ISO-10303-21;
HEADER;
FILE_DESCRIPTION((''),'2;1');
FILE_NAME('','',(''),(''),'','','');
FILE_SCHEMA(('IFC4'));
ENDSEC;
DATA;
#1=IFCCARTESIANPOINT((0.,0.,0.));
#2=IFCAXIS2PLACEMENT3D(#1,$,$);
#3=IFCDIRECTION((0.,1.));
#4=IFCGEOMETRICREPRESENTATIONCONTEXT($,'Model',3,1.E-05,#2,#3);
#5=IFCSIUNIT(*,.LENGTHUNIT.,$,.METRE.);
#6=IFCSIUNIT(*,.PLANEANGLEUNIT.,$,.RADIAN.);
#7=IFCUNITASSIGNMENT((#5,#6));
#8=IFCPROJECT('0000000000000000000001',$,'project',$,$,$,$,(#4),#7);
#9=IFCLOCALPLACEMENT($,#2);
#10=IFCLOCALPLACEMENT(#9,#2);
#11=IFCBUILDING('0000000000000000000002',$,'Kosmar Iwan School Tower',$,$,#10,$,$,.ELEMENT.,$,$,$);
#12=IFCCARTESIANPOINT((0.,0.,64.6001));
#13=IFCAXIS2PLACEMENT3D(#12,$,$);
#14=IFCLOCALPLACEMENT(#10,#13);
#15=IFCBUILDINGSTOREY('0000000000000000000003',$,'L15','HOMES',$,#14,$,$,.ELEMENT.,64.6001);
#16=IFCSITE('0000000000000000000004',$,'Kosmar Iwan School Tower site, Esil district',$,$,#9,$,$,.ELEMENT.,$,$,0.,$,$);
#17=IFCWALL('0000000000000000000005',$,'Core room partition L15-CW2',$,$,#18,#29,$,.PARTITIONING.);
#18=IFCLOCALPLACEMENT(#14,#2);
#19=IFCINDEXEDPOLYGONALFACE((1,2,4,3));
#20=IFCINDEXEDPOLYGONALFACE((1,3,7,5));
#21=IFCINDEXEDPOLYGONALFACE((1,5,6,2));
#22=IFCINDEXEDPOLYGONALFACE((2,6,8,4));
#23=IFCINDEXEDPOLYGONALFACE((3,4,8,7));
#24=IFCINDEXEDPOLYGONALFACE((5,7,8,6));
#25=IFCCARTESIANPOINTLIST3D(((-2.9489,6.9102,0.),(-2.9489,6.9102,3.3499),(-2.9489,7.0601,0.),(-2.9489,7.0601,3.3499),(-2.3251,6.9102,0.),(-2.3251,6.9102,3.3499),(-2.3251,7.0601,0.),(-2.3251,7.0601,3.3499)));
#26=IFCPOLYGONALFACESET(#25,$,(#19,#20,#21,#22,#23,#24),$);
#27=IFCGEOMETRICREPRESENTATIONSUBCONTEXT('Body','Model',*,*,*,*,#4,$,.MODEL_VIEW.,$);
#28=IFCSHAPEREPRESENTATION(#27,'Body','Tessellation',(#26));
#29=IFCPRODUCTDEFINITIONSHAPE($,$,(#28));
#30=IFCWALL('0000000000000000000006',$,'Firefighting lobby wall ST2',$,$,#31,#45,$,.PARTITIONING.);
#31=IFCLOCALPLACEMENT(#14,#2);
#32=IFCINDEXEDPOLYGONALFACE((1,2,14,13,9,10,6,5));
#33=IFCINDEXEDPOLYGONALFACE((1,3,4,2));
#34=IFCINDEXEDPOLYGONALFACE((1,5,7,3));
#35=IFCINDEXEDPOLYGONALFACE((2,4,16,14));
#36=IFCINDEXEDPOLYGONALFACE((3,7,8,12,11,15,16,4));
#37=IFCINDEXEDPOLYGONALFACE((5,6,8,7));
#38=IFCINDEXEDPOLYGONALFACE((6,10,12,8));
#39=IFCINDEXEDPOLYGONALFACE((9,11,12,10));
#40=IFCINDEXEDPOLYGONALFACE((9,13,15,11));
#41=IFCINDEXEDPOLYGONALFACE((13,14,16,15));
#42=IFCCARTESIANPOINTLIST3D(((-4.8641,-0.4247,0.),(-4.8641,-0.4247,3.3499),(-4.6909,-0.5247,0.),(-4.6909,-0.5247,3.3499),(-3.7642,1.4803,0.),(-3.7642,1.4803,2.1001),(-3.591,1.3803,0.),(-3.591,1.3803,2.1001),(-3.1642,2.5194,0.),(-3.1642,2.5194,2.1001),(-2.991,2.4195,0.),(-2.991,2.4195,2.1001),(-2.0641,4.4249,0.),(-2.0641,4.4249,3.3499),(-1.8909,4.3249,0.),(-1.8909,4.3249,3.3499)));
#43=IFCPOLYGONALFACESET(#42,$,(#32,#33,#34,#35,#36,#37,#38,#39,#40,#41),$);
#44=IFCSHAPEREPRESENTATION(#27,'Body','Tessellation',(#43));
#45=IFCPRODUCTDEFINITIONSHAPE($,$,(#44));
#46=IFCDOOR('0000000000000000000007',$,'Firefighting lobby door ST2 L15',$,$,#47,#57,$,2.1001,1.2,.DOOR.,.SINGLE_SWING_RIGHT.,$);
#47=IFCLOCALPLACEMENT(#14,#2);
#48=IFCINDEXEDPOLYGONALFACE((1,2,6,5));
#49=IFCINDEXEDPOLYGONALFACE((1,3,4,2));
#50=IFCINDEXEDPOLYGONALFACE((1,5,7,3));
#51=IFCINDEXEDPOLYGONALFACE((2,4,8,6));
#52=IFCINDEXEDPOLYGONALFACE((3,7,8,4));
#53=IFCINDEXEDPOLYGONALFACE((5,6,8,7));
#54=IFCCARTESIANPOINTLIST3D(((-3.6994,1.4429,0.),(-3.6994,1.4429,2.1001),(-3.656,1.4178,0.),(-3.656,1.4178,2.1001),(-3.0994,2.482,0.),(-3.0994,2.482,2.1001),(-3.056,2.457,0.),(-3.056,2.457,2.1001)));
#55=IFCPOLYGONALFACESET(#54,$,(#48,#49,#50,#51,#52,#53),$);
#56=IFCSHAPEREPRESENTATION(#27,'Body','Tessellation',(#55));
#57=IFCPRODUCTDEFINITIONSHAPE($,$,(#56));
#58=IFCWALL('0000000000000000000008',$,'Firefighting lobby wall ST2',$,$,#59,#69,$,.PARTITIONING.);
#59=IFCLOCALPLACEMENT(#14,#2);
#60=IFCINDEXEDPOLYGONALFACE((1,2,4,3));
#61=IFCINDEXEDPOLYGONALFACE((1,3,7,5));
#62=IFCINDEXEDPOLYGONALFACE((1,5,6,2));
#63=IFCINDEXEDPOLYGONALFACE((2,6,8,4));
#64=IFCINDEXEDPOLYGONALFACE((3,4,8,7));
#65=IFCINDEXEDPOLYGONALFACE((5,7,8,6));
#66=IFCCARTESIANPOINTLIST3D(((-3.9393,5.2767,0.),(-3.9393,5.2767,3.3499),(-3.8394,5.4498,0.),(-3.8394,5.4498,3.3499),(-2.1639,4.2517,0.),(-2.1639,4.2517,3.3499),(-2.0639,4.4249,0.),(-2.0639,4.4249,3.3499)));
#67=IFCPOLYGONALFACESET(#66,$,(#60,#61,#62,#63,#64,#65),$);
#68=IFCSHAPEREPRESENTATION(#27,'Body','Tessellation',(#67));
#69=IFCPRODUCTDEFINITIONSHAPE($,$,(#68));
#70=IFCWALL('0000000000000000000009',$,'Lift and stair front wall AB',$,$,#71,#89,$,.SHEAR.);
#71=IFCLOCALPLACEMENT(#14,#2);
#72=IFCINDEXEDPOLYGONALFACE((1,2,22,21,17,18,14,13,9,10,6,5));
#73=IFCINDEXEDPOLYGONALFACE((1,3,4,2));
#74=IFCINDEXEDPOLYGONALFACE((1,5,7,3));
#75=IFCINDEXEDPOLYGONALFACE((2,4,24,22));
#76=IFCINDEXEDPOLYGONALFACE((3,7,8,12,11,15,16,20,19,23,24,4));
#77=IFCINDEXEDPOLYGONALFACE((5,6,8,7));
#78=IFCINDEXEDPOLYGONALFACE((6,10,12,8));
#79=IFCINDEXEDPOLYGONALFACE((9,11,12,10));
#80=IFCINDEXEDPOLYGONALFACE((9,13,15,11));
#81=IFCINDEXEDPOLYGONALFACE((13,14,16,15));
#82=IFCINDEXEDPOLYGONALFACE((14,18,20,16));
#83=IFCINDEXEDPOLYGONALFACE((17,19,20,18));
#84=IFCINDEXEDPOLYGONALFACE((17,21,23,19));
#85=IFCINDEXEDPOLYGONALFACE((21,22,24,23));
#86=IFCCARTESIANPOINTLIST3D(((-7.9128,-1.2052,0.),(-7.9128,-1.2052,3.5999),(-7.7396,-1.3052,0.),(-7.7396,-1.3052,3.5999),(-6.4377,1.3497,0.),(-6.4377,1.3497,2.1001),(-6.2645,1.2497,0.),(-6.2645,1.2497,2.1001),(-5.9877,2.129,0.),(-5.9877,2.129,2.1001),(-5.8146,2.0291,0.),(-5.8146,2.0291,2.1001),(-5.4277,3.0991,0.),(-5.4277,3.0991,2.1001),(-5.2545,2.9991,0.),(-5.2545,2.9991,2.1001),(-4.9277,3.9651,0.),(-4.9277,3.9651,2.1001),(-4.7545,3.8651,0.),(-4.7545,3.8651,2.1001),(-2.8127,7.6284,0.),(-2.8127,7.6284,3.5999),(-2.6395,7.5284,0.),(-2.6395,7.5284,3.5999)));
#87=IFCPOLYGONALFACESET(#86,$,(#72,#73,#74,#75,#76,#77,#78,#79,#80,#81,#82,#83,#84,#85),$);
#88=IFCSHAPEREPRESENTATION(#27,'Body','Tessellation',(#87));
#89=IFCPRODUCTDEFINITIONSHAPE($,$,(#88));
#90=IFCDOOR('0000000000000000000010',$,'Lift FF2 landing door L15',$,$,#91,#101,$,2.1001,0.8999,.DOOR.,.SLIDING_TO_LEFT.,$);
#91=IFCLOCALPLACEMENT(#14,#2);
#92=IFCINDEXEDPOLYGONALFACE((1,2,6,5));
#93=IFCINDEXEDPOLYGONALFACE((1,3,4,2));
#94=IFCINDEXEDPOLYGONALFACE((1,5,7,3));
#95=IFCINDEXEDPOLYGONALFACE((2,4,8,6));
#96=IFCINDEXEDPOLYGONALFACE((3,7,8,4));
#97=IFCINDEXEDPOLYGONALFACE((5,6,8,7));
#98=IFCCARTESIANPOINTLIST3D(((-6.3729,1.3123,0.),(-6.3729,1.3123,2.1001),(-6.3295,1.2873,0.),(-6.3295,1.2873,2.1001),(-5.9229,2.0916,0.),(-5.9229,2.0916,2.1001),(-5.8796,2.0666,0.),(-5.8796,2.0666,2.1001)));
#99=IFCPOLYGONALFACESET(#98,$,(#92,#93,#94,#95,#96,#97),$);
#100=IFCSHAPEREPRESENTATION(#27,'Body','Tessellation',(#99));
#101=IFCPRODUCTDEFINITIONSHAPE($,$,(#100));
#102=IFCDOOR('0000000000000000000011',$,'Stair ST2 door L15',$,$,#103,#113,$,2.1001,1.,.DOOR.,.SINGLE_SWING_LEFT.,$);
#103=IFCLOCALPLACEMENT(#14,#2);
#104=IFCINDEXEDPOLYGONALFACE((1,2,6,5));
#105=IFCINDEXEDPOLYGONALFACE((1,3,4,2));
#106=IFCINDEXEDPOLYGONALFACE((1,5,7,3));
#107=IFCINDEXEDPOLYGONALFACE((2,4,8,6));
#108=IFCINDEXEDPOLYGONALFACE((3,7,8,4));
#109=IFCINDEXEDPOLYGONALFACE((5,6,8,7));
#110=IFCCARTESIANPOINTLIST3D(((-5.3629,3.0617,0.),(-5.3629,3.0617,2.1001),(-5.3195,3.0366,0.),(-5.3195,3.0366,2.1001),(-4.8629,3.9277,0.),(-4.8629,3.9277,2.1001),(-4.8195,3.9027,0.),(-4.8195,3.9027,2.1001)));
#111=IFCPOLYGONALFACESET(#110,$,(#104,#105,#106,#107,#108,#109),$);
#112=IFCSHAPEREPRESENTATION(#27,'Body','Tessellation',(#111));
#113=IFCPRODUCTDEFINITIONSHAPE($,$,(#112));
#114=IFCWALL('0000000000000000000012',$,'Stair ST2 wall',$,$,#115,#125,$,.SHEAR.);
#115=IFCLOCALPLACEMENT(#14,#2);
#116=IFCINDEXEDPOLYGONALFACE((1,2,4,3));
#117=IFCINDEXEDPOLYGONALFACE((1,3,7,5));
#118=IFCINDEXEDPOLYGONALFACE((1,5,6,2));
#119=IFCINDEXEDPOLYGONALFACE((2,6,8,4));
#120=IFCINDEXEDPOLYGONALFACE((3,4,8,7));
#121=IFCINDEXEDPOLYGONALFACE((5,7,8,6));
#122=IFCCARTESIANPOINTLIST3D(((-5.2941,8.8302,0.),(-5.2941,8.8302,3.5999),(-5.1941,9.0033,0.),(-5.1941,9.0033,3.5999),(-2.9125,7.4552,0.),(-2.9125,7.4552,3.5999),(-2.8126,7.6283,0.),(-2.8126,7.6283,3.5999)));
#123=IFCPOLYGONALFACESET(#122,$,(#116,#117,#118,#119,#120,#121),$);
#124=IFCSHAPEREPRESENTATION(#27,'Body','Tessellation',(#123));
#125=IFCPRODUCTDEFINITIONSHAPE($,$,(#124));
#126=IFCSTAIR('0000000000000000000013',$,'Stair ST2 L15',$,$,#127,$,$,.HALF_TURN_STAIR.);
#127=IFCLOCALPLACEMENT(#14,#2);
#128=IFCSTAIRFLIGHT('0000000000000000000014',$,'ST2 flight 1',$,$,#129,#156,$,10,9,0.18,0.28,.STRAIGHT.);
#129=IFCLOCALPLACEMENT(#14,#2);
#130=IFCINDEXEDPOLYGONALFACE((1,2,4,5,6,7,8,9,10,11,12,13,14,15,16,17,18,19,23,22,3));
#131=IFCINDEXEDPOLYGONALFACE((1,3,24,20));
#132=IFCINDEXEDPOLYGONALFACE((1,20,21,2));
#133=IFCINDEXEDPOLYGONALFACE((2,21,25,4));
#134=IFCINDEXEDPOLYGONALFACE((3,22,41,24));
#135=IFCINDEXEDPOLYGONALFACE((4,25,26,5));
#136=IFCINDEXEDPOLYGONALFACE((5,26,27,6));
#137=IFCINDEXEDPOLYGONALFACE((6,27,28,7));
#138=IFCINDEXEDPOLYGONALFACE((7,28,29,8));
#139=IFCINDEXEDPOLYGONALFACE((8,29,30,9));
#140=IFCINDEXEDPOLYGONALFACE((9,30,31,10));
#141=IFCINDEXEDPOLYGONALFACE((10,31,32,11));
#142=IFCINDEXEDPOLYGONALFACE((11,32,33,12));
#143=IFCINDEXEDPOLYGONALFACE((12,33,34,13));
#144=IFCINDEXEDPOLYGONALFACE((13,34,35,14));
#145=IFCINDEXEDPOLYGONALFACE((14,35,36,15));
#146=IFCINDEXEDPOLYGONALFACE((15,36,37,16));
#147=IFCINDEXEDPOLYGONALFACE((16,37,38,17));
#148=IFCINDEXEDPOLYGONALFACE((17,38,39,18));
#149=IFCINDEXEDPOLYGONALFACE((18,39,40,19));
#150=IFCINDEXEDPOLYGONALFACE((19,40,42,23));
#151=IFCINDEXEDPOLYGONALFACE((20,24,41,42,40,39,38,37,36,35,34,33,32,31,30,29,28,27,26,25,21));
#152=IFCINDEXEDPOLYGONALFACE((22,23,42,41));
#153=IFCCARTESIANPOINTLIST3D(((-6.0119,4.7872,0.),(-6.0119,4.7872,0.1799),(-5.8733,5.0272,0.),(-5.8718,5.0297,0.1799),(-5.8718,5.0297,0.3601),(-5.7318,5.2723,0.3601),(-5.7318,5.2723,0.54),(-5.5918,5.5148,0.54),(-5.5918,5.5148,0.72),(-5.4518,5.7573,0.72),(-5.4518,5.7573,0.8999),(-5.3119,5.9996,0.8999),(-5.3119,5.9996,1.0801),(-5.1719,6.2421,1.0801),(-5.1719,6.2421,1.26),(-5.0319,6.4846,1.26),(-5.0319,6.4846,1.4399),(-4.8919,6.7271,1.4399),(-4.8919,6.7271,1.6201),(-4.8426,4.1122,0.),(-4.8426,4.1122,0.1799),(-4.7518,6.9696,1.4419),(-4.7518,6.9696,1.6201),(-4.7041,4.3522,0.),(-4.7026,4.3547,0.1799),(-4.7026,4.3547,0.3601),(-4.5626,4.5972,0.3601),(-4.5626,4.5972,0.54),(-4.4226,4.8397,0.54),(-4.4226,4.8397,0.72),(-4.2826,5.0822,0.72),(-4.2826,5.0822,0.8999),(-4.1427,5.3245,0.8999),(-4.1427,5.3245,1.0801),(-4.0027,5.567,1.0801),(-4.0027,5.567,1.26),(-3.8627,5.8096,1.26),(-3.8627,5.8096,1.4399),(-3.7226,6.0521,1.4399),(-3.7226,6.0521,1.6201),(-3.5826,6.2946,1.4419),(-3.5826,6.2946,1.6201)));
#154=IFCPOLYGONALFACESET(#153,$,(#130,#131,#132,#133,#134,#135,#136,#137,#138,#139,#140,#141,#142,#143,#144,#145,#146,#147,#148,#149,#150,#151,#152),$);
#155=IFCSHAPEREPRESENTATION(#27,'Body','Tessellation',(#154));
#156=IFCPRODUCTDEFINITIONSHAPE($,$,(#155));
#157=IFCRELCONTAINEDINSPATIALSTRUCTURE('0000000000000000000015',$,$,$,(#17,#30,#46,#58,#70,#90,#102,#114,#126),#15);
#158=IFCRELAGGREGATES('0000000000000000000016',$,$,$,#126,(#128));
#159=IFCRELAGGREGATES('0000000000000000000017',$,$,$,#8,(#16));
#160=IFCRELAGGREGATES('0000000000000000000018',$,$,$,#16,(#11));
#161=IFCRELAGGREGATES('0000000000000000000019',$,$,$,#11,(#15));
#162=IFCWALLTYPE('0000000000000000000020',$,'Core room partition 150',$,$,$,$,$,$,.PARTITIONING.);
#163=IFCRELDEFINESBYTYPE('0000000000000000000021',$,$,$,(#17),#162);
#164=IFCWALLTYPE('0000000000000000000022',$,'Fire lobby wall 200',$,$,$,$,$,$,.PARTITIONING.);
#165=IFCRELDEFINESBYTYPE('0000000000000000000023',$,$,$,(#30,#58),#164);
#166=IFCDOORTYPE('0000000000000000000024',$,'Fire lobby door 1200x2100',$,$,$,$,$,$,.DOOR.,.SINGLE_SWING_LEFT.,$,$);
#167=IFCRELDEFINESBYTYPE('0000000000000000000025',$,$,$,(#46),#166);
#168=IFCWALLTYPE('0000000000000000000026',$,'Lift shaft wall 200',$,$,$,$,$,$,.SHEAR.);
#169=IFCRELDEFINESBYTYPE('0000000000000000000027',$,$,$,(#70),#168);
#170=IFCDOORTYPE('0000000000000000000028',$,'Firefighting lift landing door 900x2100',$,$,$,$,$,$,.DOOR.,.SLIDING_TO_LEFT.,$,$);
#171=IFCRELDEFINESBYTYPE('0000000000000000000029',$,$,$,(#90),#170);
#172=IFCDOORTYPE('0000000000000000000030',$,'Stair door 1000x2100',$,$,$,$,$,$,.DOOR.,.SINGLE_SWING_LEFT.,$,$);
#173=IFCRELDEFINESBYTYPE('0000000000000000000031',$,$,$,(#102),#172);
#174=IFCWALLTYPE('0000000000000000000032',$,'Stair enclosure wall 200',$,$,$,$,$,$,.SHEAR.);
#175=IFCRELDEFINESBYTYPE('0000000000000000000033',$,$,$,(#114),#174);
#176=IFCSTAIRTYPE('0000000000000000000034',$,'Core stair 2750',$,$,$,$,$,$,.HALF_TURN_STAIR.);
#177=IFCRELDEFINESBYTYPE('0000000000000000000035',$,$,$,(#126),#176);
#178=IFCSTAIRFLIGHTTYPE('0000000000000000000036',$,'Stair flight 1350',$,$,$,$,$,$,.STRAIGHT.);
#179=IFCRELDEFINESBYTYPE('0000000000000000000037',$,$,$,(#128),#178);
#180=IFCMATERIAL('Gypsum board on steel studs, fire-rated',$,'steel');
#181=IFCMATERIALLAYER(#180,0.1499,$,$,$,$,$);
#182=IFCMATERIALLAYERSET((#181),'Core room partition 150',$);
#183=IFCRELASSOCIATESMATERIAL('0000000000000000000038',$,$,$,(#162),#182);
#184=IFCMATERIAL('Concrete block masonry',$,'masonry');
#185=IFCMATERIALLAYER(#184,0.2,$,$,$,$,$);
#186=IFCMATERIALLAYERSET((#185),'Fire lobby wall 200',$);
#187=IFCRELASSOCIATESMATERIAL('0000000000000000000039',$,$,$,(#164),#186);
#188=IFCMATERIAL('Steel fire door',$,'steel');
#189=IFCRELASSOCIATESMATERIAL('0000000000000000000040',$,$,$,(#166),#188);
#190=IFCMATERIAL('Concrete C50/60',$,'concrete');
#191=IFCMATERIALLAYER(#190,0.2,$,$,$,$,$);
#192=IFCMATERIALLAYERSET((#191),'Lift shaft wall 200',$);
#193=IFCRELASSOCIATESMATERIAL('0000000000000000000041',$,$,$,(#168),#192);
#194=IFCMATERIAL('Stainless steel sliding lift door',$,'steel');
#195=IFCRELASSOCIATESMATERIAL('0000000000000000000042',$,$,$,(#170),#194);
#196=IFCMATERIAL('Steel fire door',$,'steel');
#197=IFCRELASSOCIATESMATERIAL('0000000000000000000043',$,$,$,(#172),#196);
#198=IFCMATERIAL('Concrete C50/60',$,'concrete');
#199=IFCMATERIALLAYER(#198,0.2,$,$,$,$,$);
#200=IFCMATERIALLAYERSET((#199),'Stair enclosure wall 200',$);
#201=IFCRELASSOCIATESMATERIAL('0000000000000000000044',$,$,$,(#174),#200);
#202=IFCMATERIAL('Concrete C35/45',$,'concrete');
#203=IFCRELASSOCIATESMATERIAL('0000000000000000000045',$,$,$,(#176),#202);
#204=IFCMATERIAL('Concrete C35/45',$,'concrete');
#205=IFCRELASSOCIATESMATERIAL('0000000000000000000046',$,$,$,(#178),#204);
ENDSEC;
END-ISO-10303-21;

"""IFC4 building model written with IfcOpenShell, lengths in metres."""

from ifc_helpers import new_model, si_unit, direction, frame, frame_2d, origin, place, context, subcontext, project, spatial, polyline, rectangle, outline, extrude, material, layer, layer_set, type_object, element, fill, aggregate, save


model = new_model("IFC4")

# Units and contexts
model_context = context("Model", 3, precision=1e-05, world=origin(), true_north=direction((0.0, 1.0)))
body_context = subcontext(model_context, "Body", "Model", "MODEL_VIEW")
ifc_project = project(units=[si_unit("LENGTHUNIT", "METRE"), si_unit("PLANEANGLEUNIT", "RADIAN")], contexts=[model_context])

# Site, building, storey
site_placement = place(None, origin())
site = spatial("IfcSite", under=ifc_project, at=site_placement, Name="Kosmar Iwan School Tower site, Esil district", CompositionType="ELEMENT", RefElevation=0.0)
building_placement = place(site_placement, origin())
building = spatial("IfcBuilding", under=site, at=building_placement, Name="Kosmar Iwan School Tower", CompositionType="ELEMENT")
storey_placement = place(building_placement, frame((0.0, 0.0, 64.6001)))
storey = spatial("IfcBuildingStorey", under=building, at=storey_placement, Name="L15", Description="HOMES", CompositionType="ELEMENT", Elevation=64.6001)

# Wall
ifc_material_1 = material(Name="Gypsum board on steel studs, fire-rated", Category="steel")
ifc_layer_1 = layer(ifc_material_1, 0.1499)
ifc_layer_set_1 = layer_set([ifc_layer_1], Name="Core room partition 150")
wall_type_1 = type_object("IfcWallType", Name="Core room partition 150", PredefinedType="PARTITIONING", material=ifc_layer_set_1)
wall_1_placement = place(storey_placement, frame((-2.325, 6.9851, 0.0), z_axis=(0.0, 0.0, 1.0), x_axis=(-1.0, 0.0, 0.0)))
element("IfcWall", 1, at=wall_1_placement, inside=storey, type_object=wall_type_1, Name="Core room partition L15-CW2", PredefinedType="PARTITIONING", context=body_context, shape_type="SweptSolid", body=[
    extrude(rectangle(XDim=0.6238, YDim=0.1499, at=frame_2d((0.312, 0.0))), origin(), (0.0, 0.0, 1.0), 3.3499),
])

# Wall, opening, door
ifc_material_2 = material(Name="Concrete block masonry", Category="masonry")
ifc_layer_2 = layer(ifc_material_2, 0.2)
ifc_layer_set_2 = layer_set([ifc_layer_2], Name="Fire lobby wall 200")
wall_type_2 = type_object("IfcWallType", Name="Fire lobby wall 200", PredefinedType="PARTITIONING", material=ifc_layer_set_2)
wall_2_placement = place(storey_placement, frame((-1.9775, 4.3748, 0.0), z_axis=(0.0, 0.0, 1.0), x_axis=(-0.500017, -0.866016, 0.0)))
wall_2 = element("IfcWall", 2, at=wall_2_placement, inside=storey, type_object=wall_type_2, Name="Firefighting lobby wall ST2", PredefinedType="PARTITIONING", context=body_context, shape_type="SweptSolid", body=[
    extrude(rectangle(XDim=5.5999, YDim=0.2, at=frame_2d((2.7998, 0.0))), origin(), (0.0, 0.0, 1.0), 3.3499),
])
opening_1_placement = place(wall_2_placement, frame((2.2, 0.0, 0.0)))
opening_1 = element("IfcOpeningElement", 3, at=opening_1_placement, cuts=wall_2, PredefinedType="OPENING", context=body_context, shape_type="SweptSolid", body=[
    extrude(rectangle(XDim=1.2, YDim=2.1001, at=frame_2d((0.6001, 1.05))), frame((0.0, 0.1121, 0.0), z_axis=(0.0, -1.0, 0.0), x_axis=(1.0, 0.0, 0.0)), (0.0, 0.0, 1.0), 0.2239),
])
ifc_material_3 = material(Name="Steel fire door", Category="steel")
door_type_1 = type_object("IfcDoorType", Name="Fire lobby door 1200x2100", OperationType="SINGLE_SWING_LEFT", PredefinedType="DOOR", material=ifc_material_3)
door_1_placement = place(opening_1_placement, origin())
door_1 = element("IfcDoor", 4, at=door_1_placement, inside=storey, type_object=door_type_1, Name="Firefighting lobby door ST2 L15", OperationType="SINGLE_SWING_RIGHT", OverallHeight=2.1001, OverallWidth=1.2, PredefinedType="DOOR", context=body_context, shape_type="SweptSolid", body=[
    extrude(rectangle(XDim=1.2, YDim=2.1001, at=frame_2d((0.6001, 1.05))), frame((0.0, 0.0249, 0.0), z_axis=(0.0, -1.0, 0.0), x_axis=(1.0, 0.0, 0.0)), (0.0, 0.0, 1.0), 0.05),
])
fill(opening_1, door_1)

# Wall
wall_3_placement = place(storey_placement, frame((-2.114, 4.3384, 0.0), z_axis=(0.0, 0.0, 1.0), x_axis=(-0.866051, 0.499956, 0.0)))
element("IfcWall", 5, at=wall_3_placement, inside=storey, type_object=wall_type_2, Name="Firefighting lobby wall ST2", PredefinedType="PARTITIONING", context=body_context, shape_type="SweptSolid", body=[
    extrude(rectangle(XDim=2.05, YDim=0.2, at=frame_2d((1.0249, 0.0))), origin(), (0.0, 0.0, 1.0), 3.3499),
])

# Wall, openings, doors
ifc_material_4 = material(Name="Concrete C50/60", Category="concrete")
ifc_layer_3 = layer(ifc_material_4, 0.2)
ifc_layer_set_3 = layer_set([ifc_layer_3], Name="Lift shaft wall 200")
wall_type_3 = type_object("IfcWallType", Name="Lift shaft wall 200", PredefinedType="SHEAR", material=ifc_layer_set_3)
wall_4_placement = place(storey_placement, frame((-2.7261, 7.5784, 0.0), z_axis=(0.0, 0.0, 1.0), x_axis=(-0.500006, -0.866022, 0.0)))
wall_4 = element("IfcWall", 6, at=wall_4_placement, inside=storey, type_object=wall_type_3, Name="Lift and stair front wall AB", PredefinedType="SHEAR", context=body_context, shape_type="SweptSolid", body=[
    extrude(rectangle(XDim=10.2002, YDim=0.2, at=frame_2d((5.1001, 0.0))), origin(), (0.0, 0.0, 1.0), 3.5999),
])
opening_2_placement = place(wall_4_placement, frame((6.3501, 0.0, 0.0)))
opening_2 = element("IfcOpeningElement", 7, at=opening_2_placement, cuts=wall_4, PredefinedType="OPENING", context=body_context, shape_type="SweptSolid", body=[
    extrude(rectangle(XDim=0.8999, YDim=2.1001, at=frame_2d((0.45, 1.05))), frame((0.0, 0.1121, 0.0), z_axis=(0.0, -1.0, 0.0), x_axis=(1.0, 0.0, 0.0)), (0.0, 0.0, 1.0), 0.2239),
])
opening_3_placement = place(wall_4_placement, frame((4.23, 0.0, 0.0)))
opening_3 = element("IfcOpeningElement", 8, at=opening_3_placement, cuts=wall_4, PredefinedType="OPENING", context=body_context, shape_type="SweptSolid", body=[
    extrude(rectangle(XDim=1.0, YDim=2.1001, at=frame_2d((0.5, 1.05))), frame((0.0, 0.1121, 0.0), z_axis=(0.0, -1.0, 0.0), x_axis=(1.0, 0.0, 0.0)), (0.0, 0.0, 1.0), 0.2239),
])
ifc_material_5 = material(Name="Stainless steel sliding lift door", Category="steel")
door_type_2 = type_object("IfcDoorType", Name="Firefighting lift landing door 900x2100", OperationType="SLIDING_TO_LEFT", PredefinedType="DOOR", material=ifc_material_5)
door_2_placement = place(opening_2_placement, origin())
door_2 = element("IfcDoor", 9, at=door_2_placement, inside=storey, type_object=door_type_2, Name="Lift FF2 landing door L15", OperationType="SLIDING_TO_LEFT", OverallHeight=2.1001, OverallWidth=0.8999, PredefinedType="DOOR", context=body_context, shape_type="SweptSolid", body=[
    extrude(rectangle(XDim=0.8999, YDim=2.1001, at=frame_2d((0.45, 1.05))), frame((0.0, 0.0249, 0.0), z_axis=(0.0, -1.0, 0.0), x_axis=(1.0, 0.0, 0.0)), (0.0, 0.0, 1.0), 0.05),
])
fill(opening_2, door_2)
ifc_material_6 = material(Name="Steel fire door", Category="steel")
door_type_3 = type_object("IfcDoorType", Name="Stair door 1000x2100", OperationType="SINGLE_SWING_LEFT", PredefinedType="DOOR", material=ifc_material_6)
door_3_placement = place(opening_3_placement, origin())
door_3 = element("IfcDoor", 10, at=door_3_placement, inside=storey, type_object=door_type_3, Name="Stair ST2 door L15", OperationType="SINGLE_SWING_LEFT", OverallHeight=2.1001, OverallWidth=1.0, PredefinedType="DOOR", context=body_context, shape_type="SweptSolid", body=[
    extrude(rectangle(XDim=1.0, YDim=2.1001, at=frame_2d((0.5, 1.05))), frame((0.0, 0.0249, 0.0), z_axis=(0.0, -1.0, 0.0), x_axis=(1.0, 0.0, 0.0)), (0.0, 0.0, 1.0), 0.05),
])
fill(opening_3, door_3)

# Wall
ifc_material_7 = material(Name="Concrete C50/60", Category="concrete")
ifc_layer_4 = layer(ifc_material_7, 0.2)
ifc_layer_set_4 = layer_set([ifc_layer_4], Name="Stair enclosure wall 200")
wall_type_4 = type_object("IfcWallType", Name="Stair enclosure wall 200", PredefinedType="SHEAR", material=ifc_layer_set_4)
wall_5_placement = place(storey_placement, frame((-2.8625, 7.5417, 0.0), z_axis=(0.0, 0.0, 1.0), x_axis=(-0.866027, 0.499997, 0.0)))
element("IfcWall", 11, at=wall_5_placement, inside=storey, type_object=wall_type_4, Name="Stair ST2 wall", PredefinedType="SHEAR", context=body_context, shape_type="SweptSolid", body=[
    extrude(rectangle(XDim=2.75, YDim=0.2, at=frame_2d((1.375, 0.0))), origin(), (0.0, 0.0, 1.0), 3.5999),
])

# Stair, stair flight
ifc_material_8 = material(Name="Concrete C35/45", Category="concrete")
stair_type = type_object("IfcStairType", Name="Core stair 2750", PredefinedType="HALF_TURN_STAIR", material=ifc_material_8)
stair_placement = place(storey_placement, origin())
stair = element("IfcStair", 12, at=stair_placement, inside=storey, type_object=stair_type, Name="Stair ST2 L15", PredefinedType="HALF_TURN_STAIR")
ifc_material_9 = material(Name="Concrete C35/45", Category="concrete")
stair_flight_type = type_object("IfcStairFlightType", Name="Stair flight 1350", PredefinedType="STRAIGHT", material=ifc_material_9)
stair_flight_1_placement = place(storey_placement, frame((-5.4272, 4.4497, 0.0), z_axis=(0.0, 0.0, 1.0), x_axis=(0.5, 0.866025, 0.0)))
stair_flight_1 = element("IfcStairFlight", 13, at=stair_flight_1_placement, type_object=stair_flight_type, Name="ST2 flight 1", NumberOfRisers=10, NumberOfTreads=9, PredefinedType="STRAIGHT", RiserHeight=0.18, TreadLength=0.28, context=body_context, shape_type="SweptSolid", body=[
    extrude(outline(polyline([(0.0, 0.0), (0.0, 0.1799), (0.28, 0.1799), (0.28, 0.3601), (0.5601, 0.3601), (0.5601, 0.54), (0.8401, 0.54), (0.8401, 0.72), (1.1201, 0.72), (1.1201, 0.8999), (1.3999, 0.8999), (1.3999, 1.0801), (1.6799, 1.0801), (1.6799, 1.26), (1.96, 1.26), (1.96, 1.4399), (2.24, 1.4399), (2.24, 1.6201), (2.52, 1.6201), (2.52, 1.8), (2.52, 1.4419), (0.2771, 0.0), (0.0, 0.0)])), frame((0.0, 0.675, 0.0), z_axis=(0.0, -1.0, 0.0), x_axis=(1.0, 0.0, 0.0)), (0.0, 0.0, 1.0), 1.3501),
])
aggregate(stair, [stair_flight_1])

save(model, "model.ifc")
